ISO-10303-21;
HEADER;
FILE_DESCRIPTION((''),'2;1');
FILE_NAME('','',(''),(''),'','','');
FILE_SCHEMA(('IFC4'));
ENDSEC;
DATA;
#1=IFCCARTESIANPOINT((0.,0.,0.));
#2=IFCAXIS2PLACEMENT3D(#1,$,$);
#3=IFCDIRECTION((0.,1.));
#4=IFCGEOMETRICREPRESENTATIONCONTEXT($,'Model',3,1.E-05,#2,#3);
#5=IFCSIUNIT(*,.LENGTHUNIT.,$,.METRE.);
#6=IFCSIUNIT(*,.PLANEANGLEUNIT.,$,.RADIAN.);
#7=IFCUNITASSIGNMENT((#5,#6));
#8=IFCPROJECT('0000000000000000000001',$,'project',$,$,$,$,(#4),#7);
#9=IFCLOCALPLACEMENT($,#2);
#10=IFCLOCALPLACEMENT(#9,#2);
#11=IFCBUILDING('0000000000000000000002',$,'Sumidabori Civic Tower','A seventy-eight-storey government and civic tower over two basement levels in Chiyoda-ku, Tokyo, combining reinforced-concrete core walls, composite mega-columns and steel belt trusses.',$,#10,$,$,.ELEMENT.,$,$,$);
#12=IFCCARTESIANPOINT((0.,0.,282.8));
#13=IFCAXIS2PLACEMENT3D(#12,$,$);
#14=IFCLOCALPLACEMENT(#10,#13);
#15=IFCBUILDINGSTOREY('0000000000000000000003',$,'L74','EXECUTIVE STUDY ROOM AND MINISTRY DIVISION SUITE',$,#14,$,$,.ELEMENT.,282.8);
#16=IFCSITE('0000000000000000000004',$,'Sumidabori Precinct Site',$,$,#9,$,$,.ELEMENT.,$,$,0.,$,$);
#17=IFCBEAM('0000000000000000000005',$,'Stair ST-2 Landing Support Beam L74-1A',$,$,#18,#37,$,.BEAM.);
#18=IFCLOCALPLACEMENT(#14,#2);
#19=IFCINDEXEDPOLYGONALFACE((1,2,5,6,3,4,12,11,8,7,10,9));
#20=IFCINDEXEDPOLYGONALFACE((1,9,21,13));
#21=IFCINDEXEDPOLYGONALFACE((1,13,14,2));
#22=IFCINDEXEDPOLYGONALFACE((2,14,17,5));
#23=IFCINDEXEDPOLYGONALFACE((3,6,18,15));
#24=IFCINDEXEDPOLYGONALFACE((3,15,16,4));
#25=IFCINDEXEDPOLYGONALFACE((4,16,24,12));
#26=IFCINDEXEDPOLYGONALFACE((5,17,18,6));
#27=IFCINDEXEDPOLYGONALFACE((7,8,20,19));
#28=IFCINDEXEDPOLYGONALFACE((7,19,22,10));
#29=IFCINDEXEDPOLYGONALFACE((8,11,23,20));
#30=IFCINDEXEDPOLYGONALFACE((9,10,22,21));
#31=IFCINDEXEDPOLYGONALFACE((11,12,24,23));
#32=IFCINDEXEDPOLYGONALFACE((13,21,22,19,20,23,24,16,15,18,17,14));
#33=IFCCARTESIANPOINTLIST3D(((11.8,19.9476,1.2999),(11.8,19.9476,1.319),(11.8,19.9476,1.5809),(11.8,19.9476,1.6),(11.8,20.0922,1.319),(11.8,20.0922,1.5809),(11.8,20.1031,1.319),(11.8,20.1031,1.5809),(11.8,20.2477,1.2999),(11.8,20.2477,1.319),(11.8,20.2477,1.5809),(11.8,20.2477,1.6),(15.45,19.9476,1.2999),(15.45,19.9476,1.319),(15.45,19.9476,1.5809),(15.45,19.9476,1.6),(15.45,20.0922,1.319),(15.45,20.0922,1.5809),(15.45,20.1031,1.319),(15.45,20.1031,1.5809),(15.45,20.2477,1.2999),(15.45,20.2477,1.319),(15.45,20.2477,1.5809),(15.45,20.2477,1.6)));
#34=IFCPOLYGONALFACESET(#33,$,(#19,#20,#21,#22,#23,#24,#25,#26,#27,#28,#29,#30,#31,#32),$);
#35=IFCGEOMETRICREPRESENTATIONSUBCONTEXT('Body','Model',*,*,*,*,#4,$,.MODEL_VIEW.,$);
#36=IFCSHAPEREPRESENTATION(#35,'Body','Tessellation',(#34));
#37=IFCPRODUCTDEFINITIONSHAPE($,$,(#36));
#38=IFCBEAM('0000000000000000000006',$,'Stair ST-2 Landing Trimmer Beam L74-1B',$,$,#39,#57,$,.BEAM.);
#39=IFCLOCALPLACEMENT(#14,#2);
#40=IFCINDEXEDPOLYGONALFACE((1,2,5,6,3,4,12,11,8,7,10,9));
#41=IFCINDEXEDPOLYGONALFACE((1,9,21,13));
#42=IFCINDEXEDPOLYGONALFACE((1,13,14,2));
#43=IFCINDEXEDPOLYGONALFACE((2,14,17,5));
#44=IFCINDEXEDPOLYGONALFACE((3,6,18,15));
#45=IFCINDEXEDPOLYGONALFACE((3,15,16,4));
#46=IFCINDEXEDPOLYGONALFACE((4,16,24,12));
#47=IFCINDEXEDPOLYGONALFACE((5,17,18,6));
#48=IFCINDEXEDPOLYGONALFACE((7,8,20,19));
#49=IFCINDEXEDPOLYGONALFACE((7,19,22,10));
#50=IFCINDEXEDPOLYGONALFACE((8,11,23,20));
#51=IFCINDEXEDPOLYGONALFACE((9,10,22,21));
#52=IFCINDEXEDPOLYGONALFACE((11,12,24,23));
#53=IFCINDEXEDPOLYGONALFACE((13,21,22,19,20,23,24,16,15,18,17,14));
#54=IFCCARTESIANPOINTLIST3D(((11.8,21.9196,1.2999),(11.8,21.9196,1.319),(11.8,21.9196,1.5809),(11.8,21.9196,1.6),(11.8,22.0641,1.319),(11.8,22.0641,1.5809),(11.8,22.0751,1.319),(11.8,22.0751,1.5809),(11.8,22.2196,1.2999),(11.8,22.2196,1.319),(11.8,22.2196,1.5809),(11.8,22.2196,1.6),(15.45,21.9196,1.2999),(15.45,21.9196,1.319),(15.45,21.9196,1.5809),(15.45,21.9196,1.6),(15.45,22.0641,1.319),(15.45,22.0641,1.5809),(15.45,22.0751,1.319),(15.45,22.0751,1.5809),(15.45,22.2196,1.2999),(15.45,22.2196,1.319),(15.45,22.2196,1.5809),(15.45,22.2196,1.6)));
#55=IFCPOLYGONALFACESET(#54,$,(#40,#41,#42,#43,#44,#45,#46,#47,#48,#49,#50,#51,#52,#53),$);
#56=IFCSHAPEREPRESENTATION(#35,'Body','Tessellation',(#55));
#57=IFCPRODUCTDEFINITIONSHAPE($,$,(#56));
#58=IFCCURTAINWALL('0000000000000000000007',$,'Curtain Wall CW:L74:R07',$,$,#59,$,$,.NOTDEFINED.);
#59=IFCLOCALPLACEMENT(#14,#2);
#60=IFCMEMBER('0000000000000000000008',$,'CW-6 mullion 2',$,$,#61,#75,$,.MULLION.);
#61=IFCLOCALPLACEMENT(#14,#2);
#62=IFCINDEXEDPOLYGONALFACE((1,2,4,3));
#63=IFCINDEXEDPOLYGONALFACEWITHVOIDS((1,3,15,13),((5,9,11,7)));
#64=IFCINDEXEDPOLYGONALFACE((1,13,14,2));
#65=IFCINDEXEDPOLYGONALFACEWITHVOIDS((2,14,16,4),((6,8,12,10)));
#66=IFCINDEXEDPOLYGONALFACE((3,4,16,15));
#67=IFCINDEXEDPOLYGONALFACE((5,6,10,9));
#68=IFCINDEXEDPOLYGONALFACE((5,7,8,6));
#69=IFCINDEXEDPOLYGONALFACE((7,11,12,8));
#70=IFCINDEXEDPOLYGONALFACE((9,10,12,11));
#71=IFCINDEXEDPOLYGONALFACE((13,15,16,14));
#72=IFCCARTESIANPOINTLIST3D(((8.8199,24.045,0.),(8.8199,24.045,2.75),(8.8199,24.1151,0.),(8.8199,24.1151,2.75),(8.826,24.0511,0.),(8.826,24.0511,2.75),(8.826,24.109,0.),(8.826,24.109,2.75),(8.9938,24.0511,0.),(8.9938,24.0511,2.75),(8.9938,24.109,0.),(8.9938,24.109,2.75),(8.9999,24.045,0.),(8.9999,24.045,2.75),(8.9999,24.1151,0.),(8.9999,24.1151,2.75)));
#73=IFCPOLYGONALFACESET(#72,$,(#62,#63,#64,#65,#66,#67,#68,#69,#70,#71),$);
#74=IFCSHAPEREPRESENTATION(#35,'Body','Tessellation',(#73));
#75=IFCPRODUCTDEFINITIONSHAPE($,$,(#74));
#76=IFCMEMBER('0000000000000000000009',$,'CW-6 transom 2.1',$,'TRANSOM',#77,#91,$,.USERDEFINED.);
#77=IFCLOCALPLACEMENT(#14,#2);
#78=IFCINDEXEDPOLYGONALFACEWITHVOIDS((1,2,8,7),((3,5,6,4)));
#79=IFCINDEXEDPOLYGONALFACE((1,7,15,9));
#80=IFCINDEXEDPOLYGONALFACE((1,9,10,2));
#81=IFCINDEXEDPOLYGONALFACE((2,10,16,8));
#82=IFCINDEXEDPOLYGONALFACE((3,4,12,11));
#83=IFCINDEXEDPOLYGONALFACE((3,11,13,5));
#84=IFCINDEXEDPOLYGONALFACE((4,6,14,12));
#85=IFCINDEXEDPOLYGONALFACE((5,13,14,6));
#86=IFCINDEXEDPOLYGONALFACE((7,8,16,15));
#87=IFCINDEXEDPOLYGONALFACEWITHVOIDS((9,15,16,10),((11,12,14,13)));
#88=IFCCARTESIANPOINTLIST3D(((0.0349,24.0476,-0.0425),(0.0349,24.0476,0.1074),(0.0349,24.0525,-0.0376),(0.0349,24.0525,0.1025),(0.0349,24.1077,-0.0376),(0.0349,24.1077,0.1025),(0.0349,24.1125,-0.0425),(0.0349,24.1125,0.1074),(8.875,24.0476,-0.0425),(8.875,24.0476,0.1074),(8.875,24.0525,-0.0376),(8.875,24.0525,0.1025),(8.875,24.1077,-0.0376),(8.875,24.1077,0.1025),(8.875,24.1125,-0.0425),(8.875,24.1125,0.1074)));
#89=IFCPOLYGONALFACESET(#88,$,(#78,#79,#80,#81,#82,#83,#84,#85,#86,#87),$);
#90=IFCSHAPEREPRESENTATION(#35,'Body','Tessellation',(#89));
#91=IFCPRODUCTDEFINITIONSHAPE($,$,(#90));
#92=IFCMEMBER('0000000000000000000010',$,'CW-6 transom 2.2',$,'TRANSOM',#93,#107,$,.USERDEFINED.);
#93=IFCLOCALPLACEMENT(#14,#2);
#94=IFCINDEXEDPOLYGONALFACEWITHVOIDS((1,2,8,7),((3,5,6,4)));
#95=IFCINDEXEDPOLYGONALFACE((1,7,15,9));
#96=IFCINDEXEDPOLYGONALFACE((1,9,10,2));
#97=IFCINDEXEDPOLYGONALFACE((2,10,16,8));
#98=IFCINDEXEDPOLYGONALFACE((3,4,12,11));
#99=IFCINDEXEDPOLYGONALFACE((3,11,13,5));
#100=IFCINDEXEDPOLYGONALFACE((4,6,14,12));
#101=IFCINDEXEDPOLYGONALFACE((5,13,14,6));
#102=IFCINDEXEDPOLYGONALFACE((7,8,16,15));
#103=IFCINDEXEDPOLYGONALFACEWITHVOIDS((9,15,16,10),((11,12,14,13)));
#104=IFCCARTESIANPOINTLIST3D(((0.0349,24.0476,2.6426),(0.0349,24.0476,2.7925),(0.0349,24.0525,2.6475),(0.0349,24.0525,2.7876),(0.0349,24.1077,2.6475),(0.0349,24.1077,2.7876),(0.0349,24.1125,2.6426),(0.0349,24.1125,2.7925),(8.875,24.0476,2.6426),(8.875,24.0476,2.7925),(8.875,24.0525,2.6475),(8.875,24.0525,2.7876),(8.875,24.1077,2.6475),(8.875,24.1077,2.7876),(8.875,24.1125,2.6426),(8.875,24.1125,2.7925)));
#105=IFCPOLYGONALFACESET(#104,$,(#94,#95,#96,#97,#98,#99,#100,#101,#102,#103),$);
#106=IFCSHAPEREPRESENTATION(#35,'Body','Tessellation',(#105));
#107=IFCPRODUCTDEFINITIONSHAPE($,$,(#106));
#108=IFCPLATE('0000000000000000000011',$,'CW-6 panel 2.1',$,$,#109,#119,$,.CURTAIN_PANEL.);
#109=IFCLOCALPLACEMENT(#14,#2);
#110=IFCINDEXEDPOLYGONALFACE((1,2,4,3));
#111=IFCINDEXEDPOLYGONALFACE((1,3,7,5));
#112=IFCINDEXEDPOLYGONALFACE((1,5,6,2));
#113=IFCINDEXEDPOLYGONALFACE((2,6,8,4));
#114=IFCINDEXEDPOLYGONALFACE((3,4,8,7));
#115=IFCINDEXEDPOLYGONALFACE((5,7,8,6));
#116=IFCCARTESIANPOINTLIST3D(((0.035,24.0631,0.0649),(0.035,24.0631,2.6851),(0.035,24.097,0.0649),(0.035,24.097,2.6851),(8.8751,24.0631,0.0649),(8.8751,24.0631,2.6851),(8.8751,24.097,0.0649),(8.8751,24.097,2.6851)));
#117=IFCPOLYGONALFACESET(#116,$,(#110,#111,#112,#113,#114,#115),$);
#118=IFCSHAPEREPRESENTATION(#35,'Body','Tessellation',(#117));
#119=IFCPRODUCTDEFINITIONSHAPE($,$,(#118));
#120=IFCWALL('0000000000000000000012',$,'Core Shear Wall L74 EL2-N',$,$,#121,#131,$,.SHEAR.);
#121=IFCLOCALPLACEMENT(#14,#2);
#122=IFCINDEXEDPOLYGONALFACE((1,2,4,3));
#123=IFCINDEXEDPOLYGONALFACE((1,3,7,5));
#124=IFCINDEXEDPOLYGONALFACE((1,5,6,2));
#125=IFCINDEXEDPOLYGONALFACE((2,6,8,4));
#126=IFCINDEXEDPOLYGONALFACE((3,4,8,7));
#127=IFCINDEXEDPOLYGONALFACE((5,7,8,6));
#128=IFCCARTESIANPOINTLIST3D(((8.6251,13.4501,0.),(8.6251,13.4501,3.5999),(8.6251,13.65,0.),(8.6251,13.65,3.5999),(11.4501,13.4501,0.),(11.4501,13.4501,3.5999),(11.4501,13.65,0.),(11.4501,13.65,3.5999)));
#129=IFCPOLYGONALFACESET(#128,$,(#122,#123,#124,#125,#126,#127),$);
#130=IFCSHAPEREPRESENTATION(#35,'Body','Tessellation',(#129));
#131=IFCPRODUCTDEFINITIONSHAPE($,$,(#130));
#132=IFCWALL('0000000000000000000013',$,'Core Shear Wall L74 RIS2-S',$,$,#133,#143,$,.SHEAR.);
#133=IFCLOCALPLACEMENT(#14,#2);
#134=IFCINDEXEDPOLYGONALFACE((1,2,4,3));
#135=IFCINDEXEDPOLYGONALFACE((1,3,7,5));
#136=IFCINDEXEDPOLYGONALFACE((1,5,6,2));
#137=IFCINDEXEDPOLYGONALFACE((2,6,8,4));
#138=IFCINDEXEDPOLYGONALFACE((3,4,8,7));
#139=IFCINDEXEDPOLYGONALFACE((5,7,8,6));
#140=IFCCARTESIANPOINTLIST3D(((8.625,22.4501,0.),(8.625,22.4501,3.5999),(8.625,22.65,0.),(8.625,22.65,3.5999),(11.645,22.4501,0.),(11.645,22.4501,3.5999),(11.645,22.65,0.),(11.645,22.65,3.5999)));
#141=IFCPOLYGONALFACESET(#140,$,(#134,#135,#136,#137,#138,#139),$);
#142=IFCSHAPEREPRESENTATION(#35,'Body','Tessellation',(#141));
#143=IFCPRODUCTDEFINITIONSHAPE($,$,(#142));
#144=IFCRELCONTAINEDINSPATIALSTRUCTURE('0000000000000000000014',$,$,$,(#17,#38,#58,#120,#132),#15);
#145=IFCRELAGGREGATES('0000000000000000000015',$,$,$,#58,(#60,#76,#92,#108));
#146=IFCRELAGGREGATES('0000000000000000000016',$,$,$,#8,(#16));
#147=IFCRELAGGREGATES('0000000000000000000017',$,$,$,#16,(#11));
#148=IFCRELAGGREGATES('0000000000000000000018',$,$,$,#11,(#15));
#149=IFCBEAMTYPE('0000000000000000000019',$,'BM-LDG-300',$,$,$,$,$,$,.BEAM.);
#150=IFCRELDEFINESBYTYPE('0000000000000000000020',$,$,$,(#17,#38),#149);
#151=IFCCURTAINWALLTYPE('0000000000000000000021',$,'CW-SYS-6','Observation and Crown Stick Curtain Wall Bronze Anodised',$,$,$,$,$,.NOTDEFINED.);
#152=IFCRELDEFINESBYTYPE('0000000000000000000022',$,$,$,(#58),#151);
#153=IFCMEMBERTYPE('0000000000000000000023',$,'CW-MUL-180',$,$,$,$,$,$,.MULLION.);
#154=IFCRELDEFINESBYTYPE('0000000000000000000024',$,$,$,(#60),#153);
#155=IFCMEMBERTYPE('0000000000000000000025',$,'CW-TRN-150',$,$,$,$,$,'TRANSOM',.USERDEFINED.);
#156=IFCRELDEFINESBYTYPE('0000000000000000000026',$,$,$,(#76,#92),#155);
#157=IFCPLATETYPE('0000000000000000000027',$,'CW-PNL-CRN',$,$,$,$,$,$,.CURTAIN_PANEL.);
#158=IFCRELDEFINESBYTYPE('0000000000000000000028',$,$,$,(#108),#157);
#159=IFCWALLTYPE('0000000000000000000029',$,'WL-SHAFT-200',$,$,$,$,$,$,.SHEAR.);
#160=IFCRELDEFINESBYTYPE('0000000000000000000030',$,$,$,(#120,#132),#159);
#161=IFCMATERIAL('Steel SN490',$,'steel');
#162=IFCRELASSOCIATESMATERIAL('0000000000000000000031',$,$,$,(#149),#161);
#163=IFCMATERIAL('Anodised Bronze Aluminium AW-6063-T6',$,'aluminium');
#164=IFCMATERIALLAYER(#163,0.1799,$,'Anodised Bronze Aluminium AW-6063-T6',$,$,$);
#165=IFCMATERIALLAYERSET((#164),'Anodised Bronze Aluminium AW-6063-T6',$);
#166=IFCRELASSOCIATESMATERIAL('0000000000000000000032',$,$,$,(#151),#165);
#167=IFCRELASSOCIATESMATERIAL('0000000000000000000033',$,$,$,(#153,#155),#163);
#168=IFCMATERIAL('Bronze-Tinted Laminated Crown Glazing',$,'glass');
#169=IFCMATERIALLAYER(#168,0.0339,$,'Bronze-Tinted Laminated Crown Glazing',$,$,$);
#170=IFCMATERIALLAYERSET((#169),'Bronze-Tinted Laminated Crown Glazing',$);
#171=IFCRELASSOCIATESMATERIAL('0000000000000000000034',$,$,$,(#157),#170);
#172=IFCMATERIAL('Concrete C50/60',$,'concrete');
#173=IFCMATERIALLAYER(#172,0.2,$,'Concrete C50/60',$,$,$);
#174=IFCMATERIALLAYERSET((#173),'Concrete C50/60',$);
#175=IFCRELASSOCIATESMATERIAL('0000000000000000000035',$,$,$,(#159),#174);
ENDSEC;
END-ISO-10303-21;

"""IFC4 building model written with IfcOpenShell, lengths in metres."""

from ifc_helpers import new_model, si_unit, direction, frame, frame_2d, origin, origin_2d, place, context, subcontext, project, spatial, rectangle, hollow_rectangle, i_section, extrude, source, transform, mapped, material, layer, layer_set, material_profile, profile_set, type_object, element, aggregate, save


model = new_model("IFC4")

# Units and contexts
model_context = context("Model", 3, precision=1e-05, world=origin(), true_north=direction((0.0, 1.0)))
body_context = subcontext(model_context, "Body", "Model", "MODEL_VIEW")
ifc_project = project(units=[si_unit("LENGTHUNIT", "METRE"), si_unit("PLANEANGLEUNIT", "RADIAN")], contexts=[model_context])

# Site, building, storey
site_placement = place(None, origin())
site = spatial("IfcSite", under=ifc_project, at=site_placement, Name="Sumidabori Precinct Site", CompositionType="ELEMENT", RefElevation=0.0)
building_placement = place(site_placement, origin())
building = spatial("IfcBuilding", under=site, at=building_placement, Name="Sumidabori Civic Tower", Description="A seventy-eight-storey government and civic tower over two basement levels in Chiyoda-ku, Tokyo, combining reinforced-concrete core walls, composite mega-columns and steel belt trusses.", CompositionType="ELEMENT")
storey_placement = place(building_placement, frame((0.0, 0.0, 282.8)))
storey = spatial("IfcBuildingStorey", under=building, at=storey_placement, Name="L74", Description="EXECUTIVE STUDY ROOM AND MINISTRY DIVISION SUITE", CompositionType="ELEMENT", Elevation=282.8)

# Beams
ifc_material_1 = material(Name="Steel SN490", Category="steel")
ifc_material_profile_1 = material_profile(ifc_material_1, i_section(OverallWidth=0.3, OverallDepth=0.3, WebThickness=0.011, FlangeThickness=0.019, at=origin_2d()), Name="HE 300 B")
ifc_profile_set_1 = profile_set([ifc_material_profile_1], Name="Steel SN490")
beam_type = type_object("IfcBeamType", Name="BM-LDG-300", PredefinedType="BEAM", material=ifc_profile_set_1)
shared_shape_1 = source(origin(), body_context, "Body", "SweptSolid", [
    extrude(i_section(OverallWidth=0.3, OverallDepth=0.3, WebThickness=0.011, FlangeThickness=0.019, at=origin_2d()), origin(), (0.0, 0.0, 1.0), 3.6499),
])
for number, where, z_axis, x_axis, name in (
    (1, (11.8, 20.0977, 1.45), (1.0, 0.0, 0.0), (0.0, 1.0, 0.0), "Stair ST-2 Landing Support Beam L74-1A"),
    (2, (11.8, 22.0696, 1.45), (1.0, 0.0, 0.0), (0.0, 1.0, 0.0), "Stair ST-2 Landing Trimmer Beam L74-1B"),
):
    element("IfcBeam", number, at=place(storey_placement, frame(where, z_axis=z_axis, x_axis=x_axis)), inside=storey, type_object=beam_type, Name=name, PredefinedType="BEAM", context=body_context, shape_type="MappedRepresentation", body=[
        mapped(shared_shape_1, transform((0.0, 0.0, 0.0), x_axis=(1.0, 0.0, 0.0), y_axis=(0.0, 1.0, 0.0), z_axis=(0.0, 0.0, 1.0), scale=1.0)),
    ])

# Curtain wall, members, plate
ifc_material_2 = material(Name="Anodised Bronze Aluminium AW-6063-T6", Category="aluminium")
ifc_layer_1 = layer(ifc_material_2, 0.1799, Name="Anodised Bronze Aluminium AW-6063-T6")
ifc_layer_set_1 = layer_set([ifc_layer_1], Name="Anodised Bronze Aluminium AW-6063-T6")
curtain_wall_type = type_object("IfcCurtainWallType", Name="CW-SYS-6", Description="Observation and Crown Stick Curtain Wall Bronze Anodised", PredefinedType="NOTDEFINED", material=ifc_layer_set_1)
curtain_wall_placement = place(storey_placement, origin())
curtain_wall = element("IfcCurtainWall", 3, at=curtain_wall_placement, inside=storey, type_object=curtain_wall_type, Name="Curtain Wall CW:L74:R07", PredefinedType="NOTDEFINED")
ifc_material_profile_2 = material_profile(ifc_material_2, hollow_rectangle(XDim=0.0701, YDim=0.1799, WallThickness=0.0061, at=origin_2d()), Name="ALU MULLION 180x70")
ifc_profile_set_2 = profile_set([ifc_material_profile_2], Name="Anodised Bronze Aluminium AW-6063-T6")
member_type_1 = type_object("IfcMemberType", Name="CW-MUL-180", PredefinedType="MULLION", material=ifc_profile_set_2)
shared_shape_2 = source(origin(), body_context, "Body", "SweptSolid", [
    extrude(hollow_rectangle(XDim=0.0701, YDim=0.1799, WallThickness=0.0061, at=origin_2d()), origin(), (0.0, 0.0, 1.0), 2.75),
])
member_1_placement = place(storey_placement, frame((8.9099, 24.0801, 0.0), z_axis=(0.0, 0.0, 1.0), x_axis=(0.0, -1.0, 0.0)))
member_1 = element("IfcMember", 4, at=member_1_placement, type_object=member_type_1, Name="CW-6 mullion 2", PredefinedType="MULLION", context=body_context, shape_type="MappedRepresentation", body=[
    mapped(shared_shape_2, transform((0.0, 0.0, 0.0), x_axis=(1.0, 0.0, 0.0), y_axis=(0.0, 1.0, 0.0), z_axis=(0.0, 0.0, 1.0), scale=1.0)),
])
ifc_material_profile_3 = material_profile(ifc_material_2, hollow_rectangle(XDim=0.0649, YDim=0.1499, WallThickness=0.0049, at=origin_2d()), Name="ALU TRANSOM 150x65")
ifc_profile_set_3 = profile_set([ifc_material_profile_3], Name="Anodised Bronze Aluminium AW-6063-T6")
member_type_2 = type_object("IfcMemberType", Name="CW-TRN-150", ElementType="TRANSOM", PredefinedType="USERDEFINED", material=ifc_profile_set_3)
shared_shape_3 = source(origin(), body_context, "Body", "SweptSolid", [
    extrude(hollow_rectangle(XDim=0.0649, YDim=0.1499, WallThickness=0.0049, at=origin_2d()), origin(), (0.0, 0.0, 1.0), 8.8401),
])
member_2_placement = place(storey_placement, frame((8.875, 24.0801, 0.0325), z_axis=(-1.0, 0.0, 0.0), x_axis=(0.0, -1.0, 0.0)))
member_2 = element("IfcMember", 5, at=member_2_placement, type_object=member_type_2, Name="CW-6 transom 2.1", ObjectType="TRANSOM", PredefinedType="USERDEFINED", context=body_context, shape_type="MappedRepresentation", body=[
    mapped(shared_shape_3, transform((0.0, 0.0, 0.0), x_axis=(1.0, 0.0, 0.0), y_axis=(0.0, 1.0, 0.0), z_axis=(0.0, 0.0, 1.0), scale=1.0)),
])
member_3_placement = place(storey_placement, frame((8.875, 24.0801, 2.7175), z_axis=(-1.0, 0.0, 0.0), x_axis=(0.0, -1.0, 0.0)))
member_3 = element("IfcMember", 6, at=member_3_placement, type_object=member_type_2, Name="CW-6 transom 2.2", ObjectType="TRANSOM", PredefinedType="USERDEFINED", context=body_context, shape_type="MappedRepresentation", body=[
    mapped(shared_shape_3, transform((0.0, 0.0, 0.0), x_axis=(1.0, 0.0, 0.0), y_axis=(0.0, 1.0, 0.0), z_axis=(0.0, 0.0, 1.0), scale=1.0)),
])
ifc_material_3 = material(Name="Bronze-Tinted Laminated Crown Glazing", Category="glass")
ifc_layer_2 = layer(ifc_material_3, 0.0339, Name="Bronze-Tinted Laminated Crown Glazing")
ifc_layer_set_2 = layer_set([ifc_layer_2], Name="Bronze-Tinted Laminated Crown Glazing")
plate_type = type_object("IfcPlateType", Name="CW-PNL-CRN", PredefinedType="CURTAIN_PANEL", material=ifc_layer_set_2)
shared_shape_4 = source(origin(), body_context, "Body", "SweptSolid", [
    extrude(rectangle(XDim=8.8401, YDim=0.0339, at=origin_2d()), origin(), (0.0, 0.0, 1.0), 2.6201),
])
plate_placement = place(storey_placement, frame((4.4551, 24.0801, 0.0649), z_axis=(0.0, 0.0, 1.0), x_axis=(-1.0, 0.0, 0.0)))
plate = element("IfcPlate", 7, at=plate_placement, type_object=plate_type, Name="CW-6 panel 2.1", PredefinedType="CURTAIN_PANEL", context=body_context, shape_type="MappedRepresentation", body=[
    mapped(shared_shape_4, transform((0.0, 0.0, 0.0), x_axis=(1.0, 0.0, 0.0), y_axis=(0.0, 1.0, 0.0), z_axis=(0.0, 0.0, 1.0), scale=1.0)),
])
aggregate(curtain_wall, [member_1, member_2, member_3, plate])

# Walls
ifc_material_4 = material(Name="Concrete C50/60", Category="concrete")
ifc_layer_3 = layer(ifc_material_4, 0.2, Name="Concrete C50/60")
ifc_layer_set_3 = layer_set([ifc_layer_3], Name="Concrete C50/60")
wall_type_1 = type_object("IfcWallType", Name="WL-SHAFT-200", PredefinedType="SHEAR", material=ifc_layer_set_3)
shared_shape_5 = source(origin(), body_context, "Body", "SweptSolid", [
    extrude(rectangle(XDim=2.825, YDim=0.2, at=frame_2d((1.4126, 0.0))), origin(), (0.0, 0.0, 1.0), 3.5999),
])
wall_1_placement = place(storey_placement, frame((8.625, 13.55, 0.0), z_axis=(0.0, 0.0, 1.0), x_axis=(1.0, 0.0, 0.0)))
element("IfcWall", 8, at=wall_1_placement, inside=storey, type_object=wall_type_1, Name="Core Shear Wall L74 EL2-N", PredefinedType="SHEAR", context=body_context, shape_type="MappedRepresentation", body=[
    mapped(shared_shape_5, transform((0.0, 0.0, 0.0), x_axis=(1.0, 0.0, 0.0), y_axis=(0.0, 1.0, 0.0), z_axis=(0.0, 0.0, 1.0), scale=1.0)),
])
shared_shape_6 = source(origin(), body_context, "Body", "SweptSolid", [
    extrude(rectangle(XDim=3.02, YDim=0.2, at=frame_2d((1.51, 0.0))), origin(), (0.0, 0.0, 1.0), 3.5999),
])
wall_2_placement = place(storey_placement, frame((8.625, 22.55, 0.0), z_axis=(0.0, 0.0, 1.0), x_axis=(1.0, 0.0, 0.0)))
element("IfcWall", 9, at=wall_2_placement, inside=storey, type_object=wall_type_1, Name="Core Shear Wall L74 RIS2-S", PredefinedType="SHEAR", context=body_context, shape_type="MappedRepresentation", body=[
    mapped(shared_shape_6, transform((0.0, 0.0, 0.0), x_axis=(1.0, 0.0, 0.0), y_axis=(0.0, 1.0, 0.0), z_axis=(0.0, 0.0, 1.0), scale=1.0)),
])

save(model, "model.ifc")
